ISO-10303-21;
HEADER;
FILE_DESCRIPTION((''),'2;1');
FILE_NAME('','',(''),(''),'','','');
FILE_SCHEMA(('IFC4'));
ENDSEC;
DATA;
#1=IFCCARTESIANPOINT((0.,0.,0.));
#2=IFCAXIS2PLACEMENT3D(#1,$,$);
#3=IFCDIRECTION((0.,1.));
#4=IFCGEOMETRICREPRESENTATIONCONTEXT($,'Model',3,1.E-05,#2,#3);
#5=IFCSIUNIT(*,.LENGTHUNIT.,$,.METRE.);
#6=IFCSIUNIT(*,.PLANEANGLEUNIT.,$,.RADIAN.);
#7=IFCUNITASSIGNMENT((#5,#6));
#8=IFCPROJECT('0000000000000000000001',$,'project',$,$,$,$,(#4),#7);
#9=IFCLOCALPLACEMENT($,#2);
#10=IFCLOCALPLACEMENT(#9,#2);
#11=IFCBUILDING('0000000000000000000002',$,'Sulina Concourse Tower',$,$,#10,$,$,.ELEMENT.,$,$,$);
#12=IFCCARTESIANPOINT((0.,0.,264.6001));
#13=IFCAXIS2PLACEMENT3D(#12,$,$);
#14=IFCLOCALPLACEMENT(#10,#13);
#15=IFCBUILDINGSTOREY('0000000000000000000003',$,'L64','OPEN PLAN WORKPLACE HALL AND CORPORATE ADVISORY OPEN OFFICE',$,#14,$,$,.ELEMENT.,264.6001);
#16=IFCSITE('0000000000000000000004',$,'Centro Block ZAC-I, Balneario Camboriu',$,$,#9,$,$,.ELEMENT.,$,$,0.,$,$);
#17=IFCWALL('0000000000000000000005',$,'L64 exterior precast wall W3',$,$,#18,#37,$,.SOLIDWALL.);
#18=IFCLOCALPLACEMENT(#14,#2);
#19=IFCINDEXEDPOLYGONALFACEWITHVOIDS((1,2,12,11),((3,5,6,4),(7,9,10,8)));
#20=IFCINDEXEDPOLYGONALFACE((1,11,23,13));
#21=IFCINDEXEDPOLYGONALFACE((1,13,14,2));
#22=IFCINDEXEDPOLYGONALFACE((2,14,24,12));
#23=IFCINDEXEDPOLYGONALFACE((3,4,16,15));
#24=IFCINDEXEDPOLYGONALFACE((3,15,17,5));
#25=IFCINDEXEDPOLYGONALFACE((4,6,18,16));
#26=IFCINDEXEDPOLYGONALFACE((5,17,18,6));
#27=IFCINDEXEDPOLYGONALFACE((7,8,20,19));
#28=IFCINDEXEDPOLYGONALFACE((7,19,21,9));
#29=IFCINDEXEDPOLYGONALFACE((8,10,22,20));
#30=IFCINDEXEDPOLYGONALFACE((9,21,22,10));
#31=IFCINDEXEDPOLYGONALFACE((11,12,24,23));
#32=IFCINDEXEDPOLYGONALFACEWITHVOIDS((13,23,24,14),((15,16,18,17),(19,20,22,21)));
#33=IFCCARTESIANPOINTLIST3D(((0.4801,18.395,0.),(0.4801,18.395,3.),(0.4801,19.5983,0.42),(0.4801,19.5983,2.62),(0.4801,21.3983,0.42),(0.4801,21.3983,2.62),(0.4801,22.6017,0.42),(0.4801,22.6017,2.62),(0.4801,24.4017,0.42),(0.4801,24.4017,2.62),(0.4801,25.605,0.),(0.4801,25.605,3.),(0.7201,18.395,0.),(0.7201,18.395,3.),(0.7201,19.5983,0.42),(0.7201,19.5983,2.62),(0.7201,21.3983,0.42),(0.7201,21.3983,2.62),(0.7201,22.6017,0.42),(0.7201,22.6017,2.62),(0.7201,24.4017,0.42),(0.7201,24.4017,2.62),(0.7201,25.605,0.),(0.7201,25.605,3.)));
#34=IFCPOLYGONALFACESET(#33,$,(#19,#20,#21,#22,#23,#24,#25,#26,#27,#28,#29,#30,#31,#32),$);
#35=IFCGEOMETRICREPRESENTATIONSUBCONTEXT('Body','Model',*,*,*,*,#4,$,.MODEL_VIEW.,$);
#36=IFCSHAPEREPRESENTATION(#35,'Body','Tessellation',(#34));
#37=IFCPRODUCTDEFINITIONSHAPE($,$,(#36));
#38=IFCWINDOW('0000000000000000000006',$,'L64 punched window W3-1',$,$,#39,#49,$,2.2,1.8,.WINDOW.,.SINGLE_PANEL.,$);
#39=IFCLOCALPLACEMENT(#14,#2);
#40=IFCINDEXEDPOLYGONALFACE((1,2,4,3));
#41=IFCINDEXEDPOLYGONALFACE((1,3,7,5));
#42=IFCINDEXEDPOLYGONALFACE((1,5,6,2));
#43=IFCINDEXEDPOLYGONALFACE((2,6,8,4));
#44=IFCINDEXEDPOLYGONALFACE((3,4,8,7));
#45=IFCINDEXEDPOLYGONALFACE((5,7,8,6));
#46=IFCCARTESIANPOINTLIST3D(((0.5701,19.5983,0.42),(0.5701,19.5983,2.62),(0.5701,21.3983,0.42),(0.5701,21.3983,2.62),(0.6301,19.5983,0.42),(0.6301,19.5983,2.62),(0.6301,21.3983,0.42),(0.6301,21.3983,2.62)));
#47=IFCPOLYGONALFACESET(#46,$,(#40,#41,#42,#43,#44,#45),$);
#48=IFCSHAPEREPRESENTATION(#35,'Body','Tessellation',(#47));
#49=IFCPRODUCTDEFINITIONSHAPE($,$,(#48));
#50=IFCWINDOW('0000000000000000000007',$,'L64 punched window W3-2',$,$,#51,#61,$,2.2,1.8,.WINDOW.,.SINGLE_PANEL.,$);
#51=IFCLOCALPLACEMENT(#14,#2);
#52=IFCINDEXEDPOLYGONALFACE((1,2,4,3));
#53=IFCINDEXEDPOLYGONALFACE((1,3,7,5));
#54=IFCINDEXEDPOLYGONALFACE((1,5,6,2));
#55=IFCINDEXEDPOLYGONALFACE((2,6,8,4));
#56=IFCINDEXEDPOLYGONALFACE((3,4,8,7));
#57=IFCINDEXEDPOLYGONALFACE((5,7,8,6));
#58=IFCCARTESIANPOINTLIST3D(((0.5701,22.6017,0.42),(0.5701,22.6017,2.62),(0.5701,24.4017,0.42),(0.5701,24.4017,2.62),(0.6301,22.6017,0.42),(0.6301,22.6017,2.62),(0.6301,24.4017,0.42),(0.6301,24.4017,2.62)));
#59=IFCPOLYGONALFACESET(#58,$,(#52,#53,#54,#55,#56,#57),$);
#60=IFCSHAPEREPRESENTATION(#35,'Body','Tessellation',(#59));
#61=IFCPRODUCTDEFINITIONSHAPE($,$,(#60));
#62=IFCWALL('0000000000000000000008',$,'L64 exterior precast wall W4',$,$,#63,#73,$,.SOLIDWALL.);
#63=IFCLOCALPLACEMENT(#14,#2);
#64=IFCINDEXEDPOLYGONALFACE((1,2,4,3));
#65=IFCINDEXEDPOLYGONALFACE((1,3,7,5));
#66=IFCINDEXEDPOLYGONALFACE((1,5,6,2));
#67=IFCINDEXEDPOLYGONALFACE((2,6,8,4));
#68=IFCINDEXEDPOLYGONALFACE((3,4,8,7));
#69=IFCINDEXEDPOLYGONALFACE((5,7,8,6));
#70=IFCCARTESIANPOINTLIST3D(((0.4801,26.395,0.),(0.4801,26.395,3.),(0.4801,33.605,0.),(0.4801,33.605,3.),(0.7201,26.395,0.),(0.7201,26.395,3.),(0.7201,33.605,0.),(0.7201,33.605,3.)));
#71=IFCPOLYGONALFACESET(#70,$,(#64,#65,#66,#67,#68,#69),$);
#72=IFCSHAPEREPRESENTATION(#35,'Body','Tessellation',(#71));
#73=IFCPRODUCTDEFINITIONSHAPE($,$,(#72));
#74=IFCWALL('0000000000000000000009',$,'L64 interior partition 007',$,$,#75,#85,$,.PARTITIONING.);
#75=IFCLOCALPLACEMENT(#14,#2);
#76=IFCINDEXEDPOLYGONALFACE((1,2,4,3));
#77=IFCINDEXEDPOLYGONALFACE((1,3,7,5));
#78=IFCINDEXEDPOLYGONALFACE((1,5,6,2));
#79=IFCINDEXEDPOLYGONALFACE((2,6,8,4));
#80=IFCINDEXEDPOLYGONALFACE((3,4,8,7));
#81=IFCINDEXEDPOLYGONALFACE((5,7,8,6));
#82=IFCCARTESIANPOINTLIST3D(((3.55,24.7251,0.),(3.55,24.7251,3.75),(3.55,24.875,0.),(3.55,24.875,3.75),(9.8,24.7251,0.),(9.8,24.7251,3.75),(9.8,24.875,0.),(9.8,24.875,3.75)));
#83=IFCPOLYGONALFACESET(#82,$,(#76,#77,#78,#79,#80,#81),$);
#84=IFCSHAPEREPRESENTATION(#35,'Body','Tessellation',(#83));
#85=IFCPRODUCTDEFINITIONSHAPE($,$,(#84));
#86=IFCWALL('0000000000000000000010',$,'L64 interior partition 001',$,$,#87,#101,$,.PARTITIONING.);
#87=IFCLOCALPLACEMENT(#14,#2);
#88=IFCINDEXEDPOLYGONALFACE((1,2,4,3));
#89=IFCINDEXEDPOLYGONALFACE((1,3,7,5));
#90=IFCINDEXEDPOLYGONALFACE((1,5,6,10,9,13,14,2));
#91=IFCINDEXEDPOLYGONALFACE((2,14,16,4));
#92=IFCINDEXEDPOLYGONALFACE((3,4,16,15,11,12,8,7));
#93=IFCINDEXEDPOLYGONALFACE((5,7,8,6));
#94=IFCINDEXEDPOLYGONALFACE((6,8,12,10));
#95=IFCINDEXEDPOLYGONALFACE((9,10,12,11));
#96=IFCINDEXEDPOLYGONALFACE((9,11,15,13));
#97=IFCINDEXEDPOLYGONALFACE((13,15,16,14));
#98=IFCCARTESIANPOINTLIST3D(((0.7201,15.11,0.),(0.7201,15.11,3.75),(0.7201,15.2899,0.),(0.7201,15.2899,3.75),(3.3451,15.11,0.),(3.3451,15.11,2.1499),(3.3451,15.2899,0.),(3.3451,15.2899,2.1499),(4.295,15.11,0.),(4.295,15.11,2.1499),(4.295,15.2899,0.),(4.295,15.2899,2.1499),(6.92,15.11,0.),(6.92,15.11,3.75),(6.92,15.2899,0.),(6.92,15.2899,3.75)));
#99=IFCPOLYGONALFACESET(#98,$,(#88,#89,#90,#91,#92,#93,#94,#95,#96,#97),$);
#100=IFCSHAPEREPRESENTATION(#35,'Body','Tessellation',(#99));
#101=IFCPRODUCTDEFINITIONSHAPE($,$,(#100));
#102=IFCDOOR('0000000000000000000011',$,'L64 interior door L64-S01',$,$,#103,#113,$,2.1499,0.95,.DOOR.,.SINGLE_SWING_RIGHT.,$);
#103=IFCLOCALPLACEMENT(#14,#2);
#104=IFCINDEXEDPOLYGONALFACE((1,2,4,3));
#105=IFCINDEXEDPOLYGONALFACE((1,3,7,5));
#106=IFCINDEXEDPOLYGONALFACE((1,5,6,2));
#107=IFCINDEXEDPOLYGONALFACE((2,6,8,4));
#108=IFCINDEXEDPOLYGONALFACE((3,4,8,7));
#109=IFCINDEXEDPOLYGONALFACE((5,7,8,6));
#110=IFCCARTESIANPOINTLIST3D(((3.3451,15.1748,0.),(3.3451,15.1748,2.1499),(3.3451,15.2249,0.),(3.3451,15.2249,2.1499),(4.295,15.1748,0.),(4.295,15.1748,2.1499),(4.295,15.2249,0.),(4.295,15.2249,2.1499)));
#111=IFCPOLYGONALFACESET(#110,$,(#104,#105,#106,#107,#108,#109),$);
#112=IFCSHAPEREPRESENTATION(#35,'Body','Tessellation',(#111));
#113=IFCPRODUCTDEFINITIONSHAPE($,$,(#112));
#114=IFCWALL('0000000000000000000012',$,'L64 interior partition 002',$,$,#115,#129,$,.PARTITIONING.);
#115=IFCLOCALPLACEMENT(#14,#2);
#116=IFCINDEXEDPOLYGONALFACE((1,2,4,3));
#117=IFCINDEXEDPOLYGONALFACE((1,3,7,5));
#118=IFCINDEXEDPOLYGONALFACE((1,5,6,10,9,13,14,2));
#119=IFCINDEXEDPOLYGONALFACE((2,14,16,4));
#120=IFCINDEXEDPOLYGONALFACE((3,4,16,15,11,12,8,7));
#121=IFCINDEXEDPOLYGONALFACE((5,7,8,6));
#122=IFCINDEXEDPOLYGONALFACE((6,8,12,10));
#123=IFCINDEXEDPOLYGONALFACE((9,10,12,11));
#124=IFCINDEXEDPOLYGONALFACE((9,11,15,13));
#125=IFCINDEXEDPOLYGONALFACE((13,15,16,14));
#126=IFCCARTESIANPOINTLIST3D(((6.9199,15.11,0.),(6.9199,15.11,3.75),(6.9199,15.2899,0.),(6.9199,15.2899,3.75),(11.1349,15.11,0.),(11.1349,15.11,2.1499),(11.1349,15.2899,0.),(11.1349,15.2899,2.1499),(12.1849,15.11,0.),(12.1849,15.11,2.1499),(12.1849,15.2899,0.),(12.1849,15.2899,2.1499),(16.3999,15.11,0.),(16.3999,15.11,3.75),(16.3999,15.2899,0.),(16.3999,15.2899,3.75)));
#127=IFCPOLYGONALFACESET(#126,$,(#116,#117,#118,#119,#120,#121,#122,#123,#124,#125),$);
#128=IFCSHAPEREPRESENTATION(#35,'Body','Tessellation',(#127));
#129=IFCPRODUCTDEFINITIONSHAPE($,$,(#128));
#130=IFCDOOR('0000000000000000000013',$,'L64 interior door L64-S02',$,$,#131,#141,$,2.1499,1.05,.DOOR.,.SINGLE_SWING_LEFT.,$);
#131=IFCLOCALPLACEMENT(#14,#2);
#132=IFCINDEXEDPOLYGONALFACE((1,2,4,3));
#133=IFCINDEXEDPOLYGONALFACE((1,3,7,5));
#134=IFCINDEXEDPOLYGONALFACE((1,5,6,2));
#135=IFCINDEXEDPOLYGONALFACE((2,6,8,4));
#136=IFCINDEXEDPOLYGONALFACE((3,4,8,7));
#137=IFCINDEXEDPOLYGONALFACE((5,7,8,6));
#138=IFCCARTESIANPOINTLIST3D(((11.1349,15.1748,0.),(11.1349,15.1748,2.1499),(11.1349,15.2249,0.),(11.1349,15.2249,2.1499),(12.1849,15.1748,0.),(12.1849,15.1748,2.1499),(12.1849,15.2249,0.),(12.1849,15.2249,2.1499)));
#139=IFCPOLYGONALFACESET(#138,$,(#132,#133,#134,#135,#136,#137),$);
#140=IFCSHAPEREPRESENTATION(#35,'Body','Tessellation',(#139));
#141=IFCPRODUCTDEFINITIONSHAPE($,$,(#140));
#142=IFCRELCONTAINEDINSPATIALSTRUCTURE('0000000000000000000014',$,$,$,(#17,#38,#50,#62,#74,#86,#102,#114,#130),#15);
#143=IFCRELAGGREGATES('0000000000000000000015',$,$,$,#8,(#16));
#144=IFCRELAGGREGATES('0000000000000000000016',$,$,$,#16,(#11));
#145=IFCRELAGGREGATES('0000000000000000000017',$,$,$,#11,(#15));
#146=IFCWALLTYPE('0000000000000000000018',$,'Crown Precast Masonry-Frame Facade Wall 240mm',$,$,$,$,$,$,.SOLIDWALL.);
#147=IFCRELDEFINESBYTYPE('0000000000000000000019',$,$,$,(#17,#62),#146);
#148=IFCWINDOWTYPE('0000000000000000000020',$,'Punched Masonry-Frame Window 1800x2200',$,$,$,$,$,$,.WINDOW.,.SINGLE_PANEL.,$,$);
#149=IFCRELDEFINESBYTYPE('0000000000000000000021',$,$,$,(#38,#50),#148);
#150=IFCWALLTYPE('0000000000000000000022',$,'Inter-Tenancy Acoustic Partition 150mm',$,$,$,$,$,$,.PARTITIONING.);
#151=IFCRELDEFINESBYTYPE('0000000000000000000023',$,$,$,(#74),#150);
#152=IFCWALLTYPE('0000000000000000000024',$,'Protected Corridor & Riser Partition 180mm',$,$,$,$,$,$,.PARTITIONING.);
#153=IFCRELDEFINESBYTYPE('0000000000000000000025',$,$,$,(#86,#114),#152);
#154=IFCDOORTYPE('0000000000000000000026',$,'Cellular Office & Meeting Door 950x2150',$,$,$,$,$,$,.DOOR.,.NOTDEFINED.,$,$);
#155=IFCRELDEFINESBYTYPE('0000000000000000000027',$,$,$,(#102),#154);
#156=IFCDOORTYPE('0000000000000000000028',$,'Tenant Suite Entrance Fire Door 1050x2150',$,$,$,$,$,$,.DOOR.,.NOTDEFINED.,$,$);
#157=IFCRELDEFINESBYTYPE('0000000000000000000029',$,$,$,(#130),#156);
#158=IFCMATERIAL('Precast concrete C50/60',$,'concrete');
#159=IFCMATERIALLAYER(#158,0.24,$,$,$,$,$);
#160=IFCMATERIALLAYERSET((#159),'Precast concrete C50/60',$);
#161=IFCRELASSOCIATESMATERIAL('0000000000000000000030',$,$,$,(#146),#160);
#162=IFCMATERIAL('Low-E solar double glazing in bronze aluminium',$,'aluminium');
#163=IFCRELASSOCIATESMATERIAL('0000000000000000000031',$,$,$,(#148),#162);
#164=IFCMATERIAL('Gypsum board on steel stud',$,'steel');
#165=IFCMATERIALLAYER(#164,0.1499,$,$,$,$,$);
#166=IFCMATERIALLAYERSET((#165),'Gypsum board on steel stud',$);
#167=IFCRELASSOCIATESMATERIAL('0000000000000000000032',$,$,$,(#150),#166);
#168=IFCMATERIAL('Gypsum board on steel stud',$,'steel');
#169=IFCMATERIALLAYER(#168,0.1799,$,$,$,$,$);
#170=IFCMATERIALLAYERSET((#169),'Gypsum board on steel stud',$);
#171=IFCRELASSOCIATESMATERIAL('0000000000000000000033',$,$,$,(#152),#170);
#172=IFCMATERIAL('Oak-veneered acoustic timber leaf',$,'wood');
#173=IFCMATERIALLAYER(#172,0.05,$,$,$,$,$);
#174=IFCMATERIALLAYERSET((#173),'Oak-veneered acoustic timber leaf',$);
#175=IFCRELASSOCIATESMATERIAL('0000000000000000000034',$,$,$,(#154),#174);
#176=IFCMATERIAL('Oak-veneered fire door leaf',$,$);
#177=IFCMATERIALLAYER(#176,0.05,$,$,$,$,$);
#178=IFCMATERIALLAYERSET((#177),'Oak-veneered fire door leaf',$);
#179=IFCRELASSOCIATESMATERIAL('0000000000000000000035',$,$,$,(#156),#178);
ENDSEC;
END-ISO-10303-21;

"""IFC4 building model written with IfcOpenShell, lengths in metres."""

from ifc_helpers import new_model, si_unit, direction, frame, frame_2d, origin, place, context, subcontext, project, spatial, rectangle, extrude, material, layer, layer_set, type_object, element, fill, save


model = new_model("IFC4")

# Units and contexts
model_context = context("Model", 3, precision=1e-05, world=origin(), true_north=direction((0.0, 1.0)))
body_context = subcontext(model_context, "Body", "Model", "MODEL_VIEW")
ifc_project = project(units=[si_unit("LENGTHUNIT", "METRE"), si_unit("PLANEANGLEUNIT", "RADIAN")], contexts=[model_context])

# Site, building, storey
site_placement = place(None, origin())
site = spatial("IfcSite", under=ifc_project, at=site_placement, Name="Centro Block ZAC-I, Balneario Camboriu", CompositionType="ELEMENT", RefElevation=0.0)
building_placement = place(site_placement, origin())
building = spatial("IfcBuilding", under=site, at=building_placement, Name="Sulina Concourse Tower", CompositionType="ELEMENT")
storey_placement = place(building_placement, frame((0.0, 0.0, 264.6001)))
storey = spatial("IfcBuildingStorey", under=building, at=storey_placement, Name="L64", Description="OPEN PLAN WORKPLACE HALL AND CORPORATE ADVISORY OPEN OFFICE", CompositionType="ELEMENT", Elevation=264.6001)

# Wall, openings, windows
ifc_material_1 = material(Name="Precast concrete C50/60", Category="concrete")
ifc_layer_1 = layer(ifc_material_1, 0.24)
ifc_layer_set_1 = layer_set([ifc_layer_1], Name="Precast concrete C50/60")
wall_type_1 = type_object("IfcWallType", Name="Crown Precast Masonry-Frame Facade Wall 240mm", PredefinedType="SOLIDWALL", material=ifc_layer_set_1)
wall_1_placement = place(storey_placement, frame((0.6001, 18.395, 0.0), z_axis=(0.0, 0.0, 1.0), x_axis=(0.0, 1.0, 0.0)))
wall_1 = element("IfcWall", 1, at=wall_1_placement, inside=storey, type_object=wall_type_1, Name="L64 exterior precast wall W3", PredefinedType="SOLIDWALL", context=body_context, shape_type="SweptSolid", body=[
    extrude(rectangle(XDim=7.21, YDim=0.24, at=frame_2d((3.605, 0.0))), origin(), (0.0, 0.0, 1.0), 3.0),
])
opening_1_placement = place(wall_1_placement, frame((1.2034, 0.0, 0.4199)))
opening_1 = element("IfcOpeningElement", 2, at=opening_1_placement, cuts=wall_1, PredefinedType="OPENING", context=body_context, shape_type="SweptSolid", body=[
    extrude(rectangle(XDim=1.8, YDim=2.2, at=frame_2d((0.8999, 1.1001))), frame((0.0, 0.1299, 0.0), z_axis=(0.0, -1.0, 0.0), x_axis=(1.0, 0.0, 0.0)), (0.0, 0.0, 1.0), 0.26),
])
opening_2_placement = place(wall_1_placement, frame((4.2068, 0.0, 0.4199)))
opening_2 = element("IfcOpeningElement", 3, at=opening_2_placement, cuts=wall_1, PredefinedType="OPENING", context=body_context, shape_type="SweptSolid", body=[
    extrude(rectangle(XDim=1.8, YDim=2.2, at=frame_2d((0.8999, 1.1001))), frame((0.0, 0.1299, 0.0), z_axis=(0.0, -1.0, 0.0), x_axis=(1.0, 0.0, 0.0)), (0.0, 0.0, 1.0), 0.26),
])
ifc_material_2 = material(Name="Low-E solar double glazing in bronze aluminium", Category="aluminium")
window_type = type_object("IfcWindowType", Name="Punched Masonry-Frame Window 1800x2200", PartitioningType="SINGLE_PANEL", PredefinedType="WINDOW", material=ifc_material_2)
window_1_placement = place(opening_1_placement, origin())
window_1 = element("IfcWindow", 4, at=window_1_placement, inside=storey, type_object=window_type, Name="L64 punched window W3-1", OverallHeight=2.2, OverallWidth=1.8, PartitioningType="SINGLE_PANEL", PredefinedType="WINDOW", context=body_context, shape_type="SweptSolid", body=[
    extrude(rectangle(XDim=1.8, YDim=2.2, at=frame_2d((0.8999, 1.1001))), frame((0.0, 0.03, 0.0), z_axis=(0.0, -1.0, 0.0), x_axis=(1.0, 0.0, 0.0)), (0.0, 0.0, 1.0), 0.0601),
])
fill(opening_1, window_1)
window_2_placement = place(opening_2_placement, origin())
window_2 = element("IfcWindow", 5, at=window_2_placement, inside=storey, type_object=window_type, Name="L64 punched window W3-2", OverallHeight=2.2, OverallWidth=1.8, PartitioningType="SINGLE_PANEL", PredefinedType="WINDOW", context=body_context, shape_type="SweptSolid", body=[
    extrude(rectangle(XDim=1.8, YDim=2.2, at=frame_2d((0.8999, 1.1001))), frame((0.0, 0.03, 0.0), z_axis=(0.0, -1.0, 0.0), x_axis=(1.0, 0.0, 0.0)), (0.0, 0.0, 1.0), 0.0601),
])
fill(opening_2, window_2)

# Walls
wall_2_placement = place(storey_placement, frame((0.6001, 26.395, 0.0), z_axis=(0.0, 0.0, 1.0), x_axis=(0.0, 1.0, 0.0)))
element("IfcWall", 6, at=wall_2_placement, inside=storey, type_object=wall_type_1, Name="L64 exterior precast wall W4", PredefinedType="SOLIDWALL", context=body_context, shape_type="SweptSolid", body=[
    extrude(rectangle(XDim=7.21, YDim=0.24, at=frame_2d((3.605, 0.0))), origin(), (0.0, 0.0, 1.0), 3.0),
])
ifc_material_3 = material(Name="Gypsum board on steel stud", Category="steel")
ifc_layer_2 = layer(ifc_material_3, 0.1499)
ifc_layer_set_2 = layer_set([ifc_layer_2], Name="Gypsum board on steel stud")
wall_type_2 = type_object("IfcWallType", Name="Inter-Tenancy Acoustic Partition 150mm", PredefinedType="PARTITIONING", material=ifc_layer_set_2)
wall_3_placement = place(storey_placement, frame((3.55, 24.8, 0.0), z_axis=(0.0, 0.0, 1.0), x_axis=(1.0, 0.0, 0.0)))
element("IfcWall", 7, at=wall_3_placement, inside=storey, type_object=wall_type_2, Name="L64 interior partition 007", PredefinedType="PARTITIONING", context=body_context, shape_type="SweptSolid", body=[
    extrude(rectangle(XDim=6.25, YDim=0.1499, at=frame_2d((3.125, 0.0))), origin(), (0.0, 0.0, 1.0), 3.75),
])

# Walls, openings, doors
ifc_material_4 = material(Name="Gypsum board on steel stud", Category="steel")
ifc_layer_3 = layer(ifc_material_4, 0.1799)
ifc_layer_set_3 = layer_set([ifc_layer_3], Name="Gypsum board on steel stud")
wall_type_3 = type_object("IfcWallType", Name="Protected Corridor & Riser Partition 180mm", PredefinedType="PARTITIONING", material=ifc_layer_set_3)
wall_4_placement = place(storey_placement, frame((0.72, 15.2, 0.0), z_axis=(0.0, 0.0, 1.0), x_axis=(1.0, 0.0, 0.0)))
wall_4 = element("IfcWall", 8, at=wall_4_placement, inside=storey, type_object=wall_type_3, Name="L64 interior partition 001", PredefinedType="PARTITIONING", context=body_context, shape_type="SweptSolid", body=[
    extrude(rectangle(XDim=6.2, YDim=0.1799, at=frame_2d((3.1001, 0.0))), origin(), (0.0, 0.0, 1.0), 3.75),
])
opening_3_placement = place(wall_4_placement, frame((2.625, 0.0, 0.0)))
opening_3 = element("IfcOpeningElement", 9, at=opening_3_placement, cuts=wall_4, PredefinedType="OPENING", context=body_context, shape_type="SweptSolid", body=[
    extrude(rectangle(XDim=0.95, YDim=2.1499, at=frame_2d((0.4751, 1.075))), frame((0.0, 0.0999, 0.0), z_axis=(0.0, -1.0, 0.0), x_axis=(1.0, 0.0, 0.0)), (0.0, 0.0, 1.0), 0.2),
])
ifc_material_5 = material(Name="Oak-veneered acoustic timber leaf", Category="wood")
ifc_layer_4 = layer(ifc_material_5, 0.05)
ifc_layer_set_4 = layer_set([ifc_layer_4], Name="Oak-veneered acoustic timber leaf")
door_type_1 = type_object("IfcDoorType", Name="Cellular Office & Meeting Door 950x2150", OperationType="NOTDEFINED", PredefinedType="DOOR", material=ifc_layer_set_4)
door_1_placement = place(opening_3_placement, origin())
door_1 = element("IfcDoor", 10, at=door_1_placement, inside=storey, type_object=door_type_1, Name="L64 interior door L64-S01", OperationType="SINGLE_SWING_RIGHT", OverallHeight=2.1499, OverallWidth=0.95, PredefinedType="DOOR", context=body_context, shape_type="SweptSolid", body=[
    extrude(rectangle(XDim=0.95, YDim=2.1499, at=frame_2d((0.4751, 1.075))), frame((0.0, 0.0249, 0.0), z_axis=(0.0, -1.0, 0.0), x_axis=(1.0, 0.0, 0.0)), (0.0, 0.0, 1.0), 0.05),
])
fill(opening_3, door_1)
wall_5_placement = place(storey_placement, frame((6.9199, 15.2, 0.0), z_axis=(0.0, 0.0, 1.0), x_axis=(1.0, 0.0, 0.0)))
wall_5 = element("IfcWall", 11, at=wall_5_placement, inside=storey, type_object=wall_type_3, Name="L64 interior partition 002", PredefinedType="PARTITIONING", context=body_context, shape_type="SweptSolid", body=[
    extrude(rectangle(XDim=9.48, YDim=0.1799, at=frame_2d((4.74, 0.0))), origin(), (0.0, 0.0, 1.0), 3.75),
])
opening_4_placement = place(wall_5_placement, frame((4.2151, 0.0, 0.0)))
opening_4 = element("IfcOpeningElement", 12, at=opening_4_placement, cuts=wall_5, PredefinedType="OPENING", context=body_context, shape_type="SweptSolid", body=[
    extrude(rectangle(XDim=1.05, YDim=2.1499, at=frame_2d((0.5249, 1.075))), frame((0.0, 0.0999, 0.0), z_axis=(0.0, -1.0, 0.0), x_axis=(1.0, 0.0, 0.0)), (0.0, 0.0, 1.0), 0.2),
])
ifc_material_6 = material(Name="Oak-veneered fire door leaf")
ifc_layer_5 = layer(ifc_material_6, 0.05)
ifc_layer_set_5 = layer_set([ifc_layer_5], Name="Oak-veneered fire door leaf")
door_type_2 = type_object("IfcDoorType", Name="Tenant Suite Entrance Fire Door 1050x2150", OperationType="NOTDEFINED", PredefinedType="DOOR", material=ifc_layer_set_5)
door_2_placement = place(opening_4_placement, origin())
door_2 = element("IfcDoor", 13, at=door_2_placement, inside=storey, type_object=door_type_2, Name="L64 interior door L64-S02", OperationType="SINGLE_SWING_LEFT", OverallHeight=2.1499, OverallWidth=1.05, PredefinedType="DOOR", context=body_context, shape_type="SweptSolid", body=[
    extrude(rectangle(XDim=1.05, YDim=2.1499, at=frame_2d((0.5249, 1.075))), frame((0.0, 0.0249, 0.0), z_axis=(0.0, -1.0, 0.0), x_axis=(1.0, 0.0, 0.0)), (0.0, 0.0, 1.0), 0.05),
])
fill(opening_4, door_2)

save(model, "model.ifc")
